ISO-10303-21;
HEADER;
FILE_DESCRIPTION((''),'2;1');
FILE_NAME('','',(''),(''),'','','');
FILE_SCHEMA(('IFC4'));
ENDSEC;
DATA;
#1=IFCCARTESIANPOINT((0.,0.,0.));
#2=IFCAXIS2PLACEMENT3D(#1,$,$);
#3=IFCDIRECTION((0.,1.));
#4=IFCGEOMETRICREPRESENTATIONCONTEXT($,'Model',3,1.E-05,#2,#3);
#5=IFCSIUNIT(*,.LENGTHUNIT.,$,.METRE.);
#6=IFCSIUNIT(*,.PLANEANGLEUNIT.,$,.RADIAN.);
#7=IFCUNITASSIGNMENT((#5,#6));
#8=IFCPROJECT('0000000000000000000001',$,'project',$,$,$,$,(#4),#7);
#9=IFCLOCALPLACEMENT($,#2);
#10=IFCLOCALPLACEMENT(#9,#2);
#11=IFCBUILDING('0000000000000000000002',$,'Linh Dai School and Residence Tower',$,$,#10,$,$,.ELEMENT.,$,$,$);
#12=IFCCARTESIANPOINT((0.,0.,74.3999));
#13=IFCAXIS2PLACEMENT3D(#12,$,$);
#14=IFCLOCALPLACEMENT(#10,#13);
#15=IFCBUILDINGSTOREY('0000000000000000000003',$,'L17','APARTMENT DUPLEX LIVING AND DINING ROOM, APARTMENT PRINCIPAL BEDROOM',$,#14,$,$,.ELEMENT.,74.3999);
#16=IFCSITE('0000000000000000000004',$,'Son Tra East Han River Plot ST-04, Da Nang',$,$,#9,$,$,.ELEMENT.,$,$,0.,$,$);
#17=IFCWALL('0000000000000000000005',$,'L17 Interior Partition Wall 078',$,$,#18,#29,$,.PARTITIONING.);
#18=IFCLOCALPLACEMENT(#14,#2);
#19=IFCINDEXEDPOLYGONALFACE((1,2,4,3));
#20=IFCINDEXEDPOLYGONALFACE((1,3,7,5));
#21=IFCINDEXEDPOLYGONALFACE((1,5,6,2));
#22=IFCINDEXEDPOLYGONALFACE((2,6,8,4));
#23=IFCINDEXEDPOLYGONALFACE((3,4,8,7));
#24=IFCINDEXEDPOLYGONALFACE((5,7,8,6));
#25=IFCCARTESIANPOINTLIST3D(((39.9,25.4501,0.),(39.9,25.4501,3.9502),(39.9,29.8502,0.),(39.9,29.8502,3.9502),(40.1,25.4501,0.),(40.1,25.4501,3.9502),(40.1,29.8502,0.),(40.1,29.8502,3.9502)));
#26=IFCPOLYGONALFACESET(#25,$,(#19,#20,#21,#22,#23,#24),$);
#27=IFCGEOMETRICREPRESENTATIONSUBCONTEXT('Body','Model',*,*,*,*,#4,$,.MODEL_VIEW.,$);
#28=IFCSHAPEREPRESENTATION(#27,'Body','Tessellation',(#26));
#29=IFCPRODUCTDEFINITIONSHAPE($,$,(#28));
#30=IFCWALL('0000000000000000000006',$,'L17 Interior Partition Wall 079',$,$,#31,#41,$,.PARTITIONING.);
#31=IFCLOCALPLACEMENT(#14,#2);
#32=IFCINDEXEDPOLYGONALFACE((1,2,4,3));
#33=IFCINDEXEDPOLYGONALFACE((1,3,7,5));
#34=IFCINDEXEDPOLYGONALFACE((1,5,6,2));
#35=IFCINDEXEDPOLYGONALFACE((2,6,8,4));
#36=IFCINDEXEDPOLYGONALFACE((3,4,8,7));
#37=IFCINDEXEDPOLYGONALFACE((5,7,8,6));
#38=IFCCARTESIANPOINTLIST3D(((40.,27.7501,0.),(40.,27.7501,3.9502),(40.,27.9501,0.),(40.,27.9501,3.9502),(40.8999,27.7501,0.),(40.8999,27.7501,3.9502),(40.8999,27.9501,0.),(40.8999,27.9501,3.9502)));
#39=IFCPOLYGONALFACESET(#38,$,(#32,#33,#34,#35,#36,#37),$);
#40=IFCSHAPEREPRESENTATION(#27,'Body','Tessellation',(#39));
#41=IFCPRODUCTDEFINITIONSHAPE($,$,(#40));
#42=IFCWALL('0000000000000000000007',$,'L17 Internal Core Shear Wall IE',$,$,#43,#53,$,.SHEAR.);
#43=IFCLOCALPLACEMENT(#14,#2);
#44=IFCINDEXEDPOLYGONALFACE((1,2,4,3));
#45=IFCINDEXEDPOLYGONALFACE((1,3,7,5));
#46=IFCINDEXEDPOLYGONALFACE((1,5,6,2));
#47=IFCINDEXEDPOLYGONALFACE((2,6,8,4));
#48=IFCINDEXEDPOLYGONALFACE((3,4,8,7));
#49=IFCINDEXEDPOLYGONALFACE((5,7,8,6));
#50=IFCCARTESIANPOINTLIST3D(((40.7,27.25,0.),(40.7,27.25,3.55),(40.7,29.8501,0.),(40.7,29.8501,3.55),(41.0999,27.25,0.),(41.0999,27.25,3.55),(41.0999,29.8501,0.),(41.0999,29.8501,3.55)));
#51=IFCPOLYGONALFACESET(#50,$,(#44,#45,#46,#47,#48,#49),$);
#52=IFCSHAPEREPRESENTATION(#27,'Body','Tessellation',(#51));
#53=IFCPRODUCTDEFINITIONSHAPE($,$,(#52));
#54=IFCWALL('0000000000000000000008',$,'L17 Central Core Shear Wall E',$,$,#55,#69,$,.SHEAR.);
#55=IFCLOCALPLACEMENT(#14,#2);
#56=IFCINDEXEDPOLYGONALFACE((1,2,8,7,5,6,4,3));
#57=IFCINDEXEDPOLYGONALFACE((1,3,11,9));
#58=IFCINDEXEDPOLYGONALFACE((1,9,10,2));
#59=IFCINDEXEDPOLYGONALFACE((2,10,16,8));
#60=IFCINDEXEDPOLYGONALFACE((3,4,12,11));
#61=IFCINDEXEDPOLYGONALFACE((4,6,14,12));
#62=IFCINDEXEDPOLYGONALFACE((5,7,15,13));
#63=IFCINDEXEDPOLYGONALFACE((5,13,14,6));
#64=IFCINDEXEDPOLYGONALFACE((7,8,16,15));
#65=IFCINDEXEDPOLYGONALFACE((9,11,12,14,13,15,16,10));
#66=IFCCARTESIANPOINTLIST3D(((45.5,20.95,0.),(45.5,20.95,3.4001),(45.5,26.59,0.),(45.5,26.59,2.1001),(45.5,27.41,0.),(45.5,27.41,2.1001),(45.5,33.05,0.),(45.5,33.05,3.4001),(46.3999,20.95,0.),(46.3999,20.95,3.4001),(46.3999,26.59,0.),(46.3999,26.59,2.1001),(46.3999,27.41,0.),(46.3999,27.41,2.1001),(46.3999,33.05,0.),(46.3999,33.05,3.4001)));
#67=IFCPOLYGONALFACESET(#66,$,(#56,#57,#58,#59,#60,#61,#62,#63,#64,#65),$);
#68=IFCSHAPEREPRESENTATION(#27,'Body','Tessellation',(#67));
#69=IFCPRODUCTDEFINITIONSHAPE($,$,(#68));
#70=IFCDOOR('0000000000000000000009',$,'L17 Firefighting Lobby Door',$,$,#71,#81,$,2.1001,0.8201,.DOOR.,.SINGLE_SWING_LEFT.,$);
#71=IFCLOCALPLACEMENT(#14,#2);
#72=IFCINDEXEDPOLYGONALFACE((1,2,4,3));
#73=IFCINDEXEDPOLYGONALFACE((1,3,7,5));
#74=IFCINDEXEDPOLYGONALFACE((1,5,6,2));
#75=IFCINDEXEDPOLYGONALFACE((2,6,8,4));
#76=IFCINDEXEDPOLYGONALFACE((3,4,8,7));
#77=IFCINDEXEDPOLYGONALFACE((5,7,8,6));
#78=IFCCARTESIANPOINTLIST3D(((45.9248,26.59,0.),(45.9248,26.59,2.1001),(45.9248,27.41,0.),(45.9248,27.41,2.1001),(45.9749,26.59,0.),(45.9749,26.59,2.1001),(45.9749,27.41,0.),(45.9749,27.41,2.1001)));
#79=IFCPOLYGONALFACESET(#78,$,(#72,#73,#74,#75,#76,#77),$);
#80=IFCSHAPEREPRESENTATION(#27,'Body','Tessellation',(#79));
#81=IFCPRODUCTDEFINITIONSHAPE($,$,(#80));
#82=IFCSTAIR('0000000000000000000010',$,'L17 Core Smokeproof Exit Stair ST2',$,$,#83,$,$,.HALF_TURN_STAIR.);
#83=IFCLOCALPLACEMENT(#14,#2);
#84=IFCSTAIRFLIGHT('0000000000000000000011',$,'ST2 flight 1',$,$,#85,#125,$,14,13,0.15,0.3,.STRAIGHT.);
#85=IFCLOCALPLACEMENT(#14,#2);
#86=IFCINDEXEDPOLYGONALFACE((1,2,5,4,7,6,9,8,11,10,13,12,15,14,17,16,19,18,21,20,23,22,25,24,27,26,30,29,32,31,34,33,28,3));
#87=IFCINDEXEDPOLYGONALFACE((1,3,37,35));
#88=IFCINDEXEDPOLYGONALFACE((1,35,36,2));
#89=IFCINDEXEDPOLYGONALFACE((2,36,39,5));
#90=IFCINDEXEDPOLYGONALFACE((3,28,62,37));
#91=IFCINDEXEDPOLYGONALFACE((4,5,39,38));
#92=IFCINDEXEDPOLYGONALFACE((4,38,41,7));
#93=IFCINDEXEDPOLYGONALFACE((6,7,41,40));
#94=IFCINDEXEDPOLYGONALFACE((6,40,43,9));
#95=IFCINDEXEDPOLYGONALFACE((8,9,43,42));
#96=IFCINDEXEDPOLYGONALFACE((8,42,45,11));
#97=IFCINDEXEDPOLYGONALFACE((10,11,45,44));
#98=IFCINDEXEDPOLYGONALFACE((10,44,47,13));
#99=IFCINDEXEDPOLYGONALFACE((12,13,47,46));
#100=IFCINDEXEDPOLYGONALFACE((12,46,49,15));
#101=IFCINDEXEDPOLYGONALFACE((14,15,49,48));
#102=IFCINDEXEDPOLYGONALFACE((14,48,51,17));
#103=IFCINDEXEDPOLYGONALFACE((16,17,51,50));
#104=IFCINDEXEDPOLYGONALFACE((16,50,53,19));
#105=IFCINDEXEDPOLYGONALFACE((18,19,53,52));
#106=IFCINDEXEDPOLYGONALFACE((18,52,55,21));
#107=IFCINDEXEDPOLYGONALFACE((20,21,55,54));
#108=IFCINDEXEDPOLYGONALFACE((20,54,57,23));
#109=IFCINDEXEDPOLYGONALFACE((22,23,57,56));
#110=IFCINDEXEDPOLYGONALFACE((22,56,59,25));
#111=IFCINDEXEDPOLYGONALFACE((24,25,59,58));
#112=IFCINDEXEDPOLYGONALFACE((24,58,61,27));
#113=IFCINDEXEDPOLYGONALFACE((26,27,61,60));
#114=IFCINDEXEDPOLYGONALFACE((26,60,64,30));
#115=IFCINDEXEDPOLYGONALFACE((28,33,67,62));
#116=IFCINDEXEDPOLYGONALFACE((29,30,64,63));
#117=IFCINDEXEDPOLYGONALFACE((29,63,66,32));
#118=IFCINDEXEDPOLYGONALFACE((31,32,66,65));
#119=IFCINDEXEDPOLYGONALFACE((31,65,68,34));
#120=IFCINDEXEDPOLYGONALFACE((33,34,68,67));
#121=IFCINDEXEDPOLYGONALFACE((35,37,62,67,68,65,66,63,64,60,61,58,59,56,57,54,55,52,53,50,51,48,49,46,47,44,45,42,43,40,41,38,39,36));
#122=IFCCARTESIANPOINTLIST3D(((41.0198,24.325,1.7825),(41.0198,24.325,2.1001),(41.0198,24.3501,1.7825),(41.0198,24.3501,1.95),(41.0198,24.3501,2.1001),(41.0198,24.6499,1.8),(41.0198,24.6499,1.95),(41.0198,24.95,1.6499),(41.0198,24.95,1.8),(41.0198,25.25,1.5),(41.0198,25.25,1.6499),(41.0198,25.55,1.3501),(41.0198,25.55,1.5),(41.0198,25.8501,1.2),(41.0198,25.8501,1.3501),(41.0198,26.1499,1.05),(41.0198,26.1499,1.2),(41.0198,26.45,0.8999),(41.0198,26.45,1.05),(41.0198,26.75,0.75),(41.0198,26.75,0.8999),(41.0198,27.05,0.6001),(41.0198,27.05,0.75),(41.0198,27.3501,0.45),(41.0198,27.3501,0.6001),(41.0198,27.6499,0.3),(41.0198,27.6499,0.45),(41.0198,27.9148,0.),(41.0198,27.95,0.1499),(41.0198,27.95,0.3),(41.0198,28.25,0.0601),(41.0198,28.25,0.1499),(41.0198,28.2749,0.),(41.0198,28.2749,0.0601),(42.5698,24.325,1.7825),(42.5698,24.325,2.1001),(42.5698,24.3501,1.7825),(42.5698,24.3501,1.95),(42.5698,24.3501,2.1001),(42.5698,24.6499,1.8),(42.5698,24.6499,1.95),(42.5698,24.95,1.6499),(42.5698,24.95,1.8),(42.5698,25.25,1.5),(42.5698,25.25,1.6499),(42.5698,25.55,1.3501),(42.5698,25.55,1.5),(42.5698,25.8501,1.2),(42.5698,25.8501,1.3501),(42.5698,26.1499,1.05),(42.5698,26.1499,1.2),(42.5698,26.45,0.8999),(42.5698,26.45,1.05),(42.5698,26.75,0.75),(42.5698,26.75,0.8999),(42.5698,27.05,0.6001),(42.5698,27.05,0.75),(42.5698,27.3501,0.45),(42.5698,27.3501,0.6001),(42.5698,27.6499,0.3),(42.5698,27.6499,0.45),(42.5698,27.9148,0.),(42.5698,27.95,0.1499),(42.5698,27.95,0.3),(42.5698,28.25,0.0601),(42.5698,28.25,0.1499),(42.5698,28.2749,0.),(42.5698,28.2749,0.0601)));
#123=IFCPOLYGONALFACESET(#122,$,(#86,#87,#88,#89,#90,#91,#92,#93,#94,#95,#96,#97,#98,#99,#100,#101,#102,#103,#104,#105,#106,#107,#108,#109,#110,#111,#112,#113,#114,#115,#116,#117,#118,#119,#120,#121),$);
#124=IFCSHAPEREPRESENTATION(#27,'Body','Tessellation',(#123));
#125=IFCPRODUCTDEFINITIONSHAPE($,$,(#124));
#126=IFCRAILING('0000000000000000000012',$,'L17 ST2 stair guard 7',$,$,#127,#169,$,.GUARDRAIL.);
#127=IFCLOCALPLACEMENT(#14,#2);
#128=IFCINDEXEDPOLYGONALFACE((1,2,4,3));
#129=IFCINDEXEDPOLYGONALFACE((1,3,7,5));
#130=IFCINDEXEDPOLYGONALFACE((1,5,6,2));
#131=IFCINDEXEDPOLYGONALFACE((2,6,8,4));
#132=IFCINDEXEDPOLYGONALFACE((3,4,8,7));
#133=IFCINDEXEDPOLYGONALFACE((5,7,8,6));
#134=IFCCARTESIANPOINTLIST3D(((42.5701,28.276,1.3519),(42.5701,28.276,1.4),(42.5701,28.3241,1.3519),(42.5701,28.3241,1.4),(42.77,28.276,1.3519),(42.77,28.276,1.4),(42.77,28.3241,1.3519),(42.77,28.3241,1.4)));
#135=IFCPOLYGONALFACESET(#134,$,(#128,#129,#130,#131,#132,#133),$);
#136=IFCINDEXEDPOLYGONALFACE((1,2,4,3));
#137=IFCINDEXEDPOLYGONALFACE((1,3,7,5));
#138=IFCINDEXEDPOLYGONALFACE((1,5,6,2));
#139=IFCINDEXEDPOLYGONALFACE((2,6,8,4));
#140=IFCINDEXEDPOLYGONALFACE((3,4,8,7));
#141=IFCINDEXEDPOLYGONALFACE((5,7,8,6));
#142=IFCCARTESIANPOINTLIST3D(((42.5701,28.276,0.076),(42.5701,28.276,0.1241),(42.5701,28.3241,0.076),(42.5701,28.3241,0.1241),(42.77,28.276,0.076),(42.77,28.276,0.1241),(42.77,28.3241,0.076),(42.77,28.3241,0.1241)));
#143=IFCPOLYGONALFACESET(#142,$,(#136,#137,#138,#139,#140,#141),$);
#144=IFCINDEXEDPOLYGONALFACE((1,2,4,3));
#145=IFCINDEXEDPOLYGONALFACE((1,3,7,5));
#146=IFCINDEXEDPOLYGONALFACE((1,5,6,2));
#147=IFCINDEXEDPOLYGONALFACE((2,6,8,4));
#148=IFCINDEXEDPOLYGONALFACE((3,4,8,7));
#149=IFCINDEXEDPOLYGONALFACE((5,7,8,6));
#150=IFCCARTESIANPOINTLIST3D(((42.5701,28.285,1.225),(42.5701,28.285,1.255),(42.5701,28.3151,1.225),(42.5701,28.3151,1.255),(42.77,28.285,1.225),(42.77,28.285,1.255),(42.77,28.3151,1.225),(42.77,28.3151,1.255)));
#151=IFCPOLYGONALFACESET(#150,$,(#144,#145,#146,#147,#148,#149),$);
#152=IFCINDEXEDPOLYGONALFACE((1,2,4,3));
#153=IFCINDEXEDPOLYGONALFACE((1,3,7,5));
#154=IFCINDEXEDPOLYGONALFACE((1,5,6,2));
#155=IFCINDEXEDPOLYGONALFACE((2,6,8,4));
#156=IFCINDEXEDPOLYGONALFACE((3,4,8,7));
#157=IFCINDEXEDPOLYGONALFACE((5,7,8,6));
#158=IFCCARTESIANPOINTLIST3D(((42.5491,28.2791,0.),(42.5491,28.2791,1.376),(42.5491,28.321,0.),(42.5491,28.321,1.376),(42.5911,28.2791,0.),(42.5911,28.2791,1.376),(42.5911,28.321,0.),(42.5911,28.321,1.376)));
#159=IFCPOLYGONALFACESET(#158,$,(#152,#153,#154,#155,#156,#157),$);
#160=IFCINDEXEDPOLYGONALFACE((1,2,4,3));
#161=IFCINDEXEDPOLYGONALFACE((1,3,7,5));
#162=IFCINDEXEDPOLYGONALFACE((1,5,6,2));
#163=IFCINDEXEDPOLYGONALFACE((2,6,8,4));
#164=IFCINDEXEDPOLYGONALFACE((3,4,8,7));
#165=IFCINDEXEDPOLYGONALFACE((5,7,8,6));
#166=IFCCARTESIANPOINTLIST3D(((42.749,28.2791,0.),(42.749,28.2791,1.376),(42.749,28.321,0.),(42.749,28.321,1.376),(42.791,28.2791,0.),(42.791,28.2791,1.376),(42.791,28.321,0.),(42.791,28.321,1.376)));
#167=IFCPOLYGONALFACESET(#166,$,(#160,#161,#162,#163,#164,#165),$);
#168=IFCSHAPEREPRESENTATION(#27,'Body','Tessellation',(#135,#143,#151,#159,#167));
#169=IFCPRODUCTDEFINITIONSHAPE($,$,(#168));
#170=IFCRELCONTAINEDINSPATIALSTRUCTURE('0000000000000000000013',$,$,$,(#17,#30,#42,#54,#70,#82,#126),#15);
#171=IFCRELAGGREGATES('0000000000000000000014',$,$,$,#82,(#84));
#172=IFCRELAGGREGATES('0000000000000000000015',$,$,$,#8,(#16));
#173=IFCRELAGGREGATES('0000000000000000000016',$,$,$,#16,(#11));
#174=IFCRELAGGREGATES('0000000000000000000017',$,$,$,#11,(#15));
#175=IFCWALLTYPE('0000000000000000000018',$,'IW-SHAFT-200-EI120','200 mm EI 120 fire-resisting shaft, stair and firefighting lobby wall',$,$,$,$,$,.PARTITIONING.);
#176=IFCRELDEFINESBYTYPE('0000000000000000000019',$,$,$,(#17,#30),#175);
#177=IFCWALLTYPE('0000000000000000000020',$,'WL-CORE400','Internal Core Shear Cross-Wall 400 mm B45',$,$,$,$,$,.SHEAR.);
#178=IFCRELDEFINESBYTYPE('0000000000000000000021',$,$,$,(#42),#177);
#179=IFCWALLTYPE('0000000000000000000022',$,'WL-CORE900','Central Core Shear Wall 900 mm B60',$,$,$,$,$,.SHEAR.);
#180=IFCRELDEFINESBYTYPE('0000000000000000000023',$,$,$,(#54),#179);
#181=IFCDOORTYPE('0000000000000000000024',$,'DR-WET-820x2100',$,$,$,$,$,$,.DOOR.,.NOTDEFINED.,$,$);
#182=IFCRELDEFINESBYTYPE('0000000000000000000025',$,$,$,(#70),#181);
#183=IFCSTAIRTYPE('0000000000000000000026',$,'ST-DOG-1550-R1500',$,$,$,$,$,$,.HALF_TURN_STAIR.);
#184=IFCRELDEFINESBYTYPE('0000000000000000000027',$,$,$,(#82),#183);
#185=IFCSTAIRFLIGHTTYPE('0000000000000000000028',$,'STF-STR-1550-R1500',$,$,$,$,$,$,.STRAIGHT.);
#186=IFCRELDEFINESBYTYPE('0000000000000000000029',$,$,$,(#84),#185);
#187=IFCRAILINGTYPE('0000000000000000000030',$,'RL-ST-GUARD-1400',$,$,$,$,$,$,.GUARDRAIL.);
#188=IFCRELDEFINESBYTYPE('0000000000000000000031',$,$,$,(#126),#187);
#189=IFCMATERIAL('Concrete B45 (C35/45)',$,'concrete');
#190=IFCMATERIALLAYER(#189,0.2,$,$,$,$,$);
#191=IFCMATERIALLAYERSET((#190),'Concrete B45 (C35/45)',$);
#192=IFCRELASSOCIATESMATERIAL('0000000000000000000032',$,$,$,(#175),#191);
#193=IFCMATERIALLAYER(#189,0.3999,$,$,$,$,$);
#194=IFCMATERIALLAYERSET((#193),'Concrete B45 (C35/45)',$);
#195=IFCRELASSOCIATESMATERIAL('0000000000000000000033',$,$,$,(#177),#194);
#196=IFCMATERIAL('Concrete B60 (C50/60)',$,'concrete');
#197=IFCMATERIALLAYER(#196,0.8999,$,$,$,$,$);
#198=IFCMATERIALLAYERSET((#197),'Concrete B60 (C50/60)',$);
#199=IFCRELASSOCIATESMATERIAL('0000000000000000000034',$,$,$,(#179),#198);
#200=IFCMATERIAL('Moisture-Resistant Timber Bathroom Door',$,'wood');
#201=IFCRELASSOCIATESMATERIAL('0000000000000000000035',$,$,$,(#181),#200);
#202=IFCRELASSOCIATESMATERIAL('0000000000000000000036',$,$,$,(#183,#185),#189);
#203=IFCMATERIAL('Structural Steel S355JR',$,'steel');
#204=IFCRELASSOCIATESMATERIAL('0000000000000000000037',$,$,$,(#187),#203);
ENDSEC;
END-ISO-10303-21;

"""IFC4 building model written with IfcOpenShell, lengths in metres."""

from ifc_helpers import new_model, si_unit, direction, frame, frame_2d, origin, origin_2d, place, context, subcontext, project, spatial, polyline, rectangle, outline, extrude, source, transform, mapped, material, layer, layer_set, type_object, element, fill, aggregate, save


model = new_model("IFC4")

# Units and contexts
model_context = context("Model", 3, precision=1e-05, world=origin(), true_north=direction((0.0, 1.0)))
body_context = subcontext(model_context, "Body", "Model", "MODEL_VIEW")
ifc_project = project(units=[si_unit("LENGTHUNIT", "METRE"), si_unit("PLANEANGLEUNIT", "RADIAN")], contexts=[model_context])

# Site, building, storey
site_placement = place(None, origin())
site = spatial("IfcSite", under=ifc_project, at=site_placement, Name="Son Tra East Han River Plot ST-04, Da Nang", CompositionType="ELEMENT", RefElevation=0.0)
building_placement = place(site_placement, origin())
building = spatial("IfcBuilding", under=site, at=building_placement, Name="Linh Dai School and Residence Tower", CompositionType="ELEMENT")
storey_placement = place(building_placement, frame((0.0, 0.0, 74.3999)))
storey = spatial("IfcBuildingStorey", under=building, at=storey_placement, Name="L17", Description="APARTMENT DUPLEX LIVING AND DINING ROOM, APARTMENT PRINCIPAL BEDROOM", CompositionType="ELEMENT", Elevation=74.3999)

# Shared definitions
ifc_material_1 = material(Name="Structural Steel S355JR", Category="steel")

# Walls
ifc_material_2 = material(Name="Concrete B45 (C35/45)", Category="concrete")
ifc_layer_1 = layer(ifc_material_2, 0.2)
ifc_layer_set_1 = layer_set([ifc_layer_1], Name="Concrete B45 (C35/45)")
wall_type_1 = type_object("IfcWallType", Name="IW-SHAFT-200-EI120", Description="200 mm EI 120 fire-resisting shaft, stair and firefighting lobby wall", PredefinedType="PARTITIONING", material=ifc_layer_set_1)
wall_1_placement = place(storey_placement, frame((40.0, 25.45, 0.0), z_axis=(0.0, 0.0, 1.0), x_axis=(0.0, 1.0, 0.0)))
element("IfcWall", 1, at=wall_1_placement, inside=storey, type_object=wall_type_1, Name="L17 Interior Partition Wall 078", PredefinedType="PARTITIONING", context=body_context, shape_type="SweptSolid", body=[
    extrude(rectangle(XDim=4.4001, YDim=0.2, at=frame_2d((2.2002, 0.0))), origin(), (0.0, 0.0, 1.0), 3.9502),
])
wall_2_placement = place(storey_placement, frame((40.0, 27.8501, 0.0), z_axis=(0.0, 0.0, 1.0), x_axis=(1.0, 0.0, 0.0)))
element("IfcWall", 2, at=wall_2_placement, inside=storey, type_object=wall_type_1, Name="L17 Interior Partition Wall 079", PredefinedType="PARTITIONING", context=body_context, shape_type="SweptSolid", body=[
    extrude(rectangle(XDim=0.8999, YDim=0.2, at=frame_2d((0.45, 0.0))), origin(), (0.0, 0.0, 1.0), 3.9502),
])
ifc_layer_2 = layer(ifc_material_2, 0.3999)
ifc_layer_set_2 = layer_set([ifc_layer_2], Name="Concrete B45 (C35/45)")
wall_type_2 = type_object("IfcWallType", Name="WL-CORE400", Description="Internal Core Shear Cross-Wall 400 mm B45", PredefinedType="SHEAR", material=ifc_layer_set_2)
wall_3_placement = place(storey_placement, frame((40.8999, 27.25, 0.0), z_axis=(0.0, 0.0, 1.0), x_axis=(0.0, 1.0, 0.0)))
element("IfcWall", 3, at=wall_3_placement, inside=storey, type_object=wall_type_2, Name="L17 Internal Core Shear Wall IE", PredefinedType="SHEAR", context=body_context, shape_type="SweptSolid", body=[
    extrude(rectangle(XDim=2.6001, YDim=0.3999, at=frame_2d((1.3, 0.0))), origin(), (0.0, 0.0, 1.0), 3.55),
])

# Wall, opening, door
ifc_material_3 = material(Name="Concrete B60 (C50/60)", Category="concrete")
ifc_layer_3 = layer(ifc_material_3, 0.8999)
ifc_layer_set_3 = layer_set([ifc_layer_3], Name="Concrete B60 (C50/60)")
wall_type_3 = type_object("IfcWallType", Name="WL-CORE900", Description="Central Core Shear Wall 900 mm B60", PredefinedType="SHEAR", material=ifc_layer_set_3)
wall_4_placement = place(storey_placement, frame((45.95, 33.05, 0.0), z_axis=(0.0, 0.0, 1.0), x_axis=(0.0, -1.0, 0.0)))
wall_4 = element("IfcWall", 4, at=wall_4_placement, inside=storey, type_object=wall_type_3, Name="L17 Central Core Shear Wall E", PredefinedType="SHEAR", context=body_context, shape_type="SweptSolid", body=[
    extrude(rectangle(XDim=12.1001, YDim=0.8999, at=frame_2d((6.05, 0.0))), origin(), (0.0, 0.0, 1.0), 3.4001),
])
opening_placement = place(wall_4_placement, frame((5.6399, 0.0, 0.0)))
opening = element("IfcOpeningElement", 5, at=opening_placement, cuts=wall_4, PredefinedType="OPENING", context=body_context, shape_type="SweptSolid", body=[
    extrude(rectangle(XDim=0.8201, YDim=2.1001, at=origin_2d()), frame((0.4102, 0.46, 1.05), z_axis=(0.0, -1.0, 0.0), x_axis=(1.0, 0.0, 0.0)), (0.0, 0.0, 1.0), 0.9199),
])
ifc_material_4 = material(Name="Moisture-Resistant Timber Bathroom Door", Category="wood")
door_type = type_object("IfcDoorType", Name="DR-WET-820x2100", OperationType="NOTDEFINED", PredefinedType="DOOR", material=ifc_material_4)
shared_shape_1 = source(origin(), body_context, "Body", "SweptSolid", [
    extrude(rectangle(XDim=0.8201, YDim=2.1001, at=origin_2d()), frame((0.4102, 0.0249, 1.05), z_axis=(0.0, -1.0, 0.0), x_axis=(1.0, 0.0, 0.0)), (0.0, 0.0, 1.0), 0.05),
])
door_placement = place(opening_placement, origin())
door = element("IfcDoor", 6, at=door_placement, inside=storey, type_object=door_type, Name="L17 Firefighting Lobby Door", OperationType="SINGLE_SWING_LEFT", OverallHeight=2.1001, OverallWidth=0.8201, PredefinedType="DOOR", context=body_context, shape_type="MappedRepresentation", body=[
    mapped(shared_shape_1, transform((0.0, 0.0, 0.0), x_axis=(1.0, 0.0, 0.0), y_axis=(0.0, 1.0, 0.0), z_axis=(0.0, 0.0, 1.0), scale=1.0)),
])
fill(opening, door)

# Stair, stair flight
stair_type = type_object("IfcStairType", Name="ST-DOG-1550-R1500", PredefinedType="HALF_TURN_STAIR", material=ifc_material_2)
stair_placement = place(storey_placement, origin())
stair = element("IfcStair", 7, at=stair_placement, inside=storey, type_object=stair_type, Name="L17 Core Smokeproof Exit Stair ST2", PredefinedType="HALF_TURN_STAIR")
stair_flight_type = type_object("IfcStairFlightType", Name="STF-STR-1550-R1500", PredefinedType="STRAIGHT", material=ifc_material_2)
shared_shape_2 = source(origin(), body_context, "Body", "SweptSolid", [
    extrude(outline(polyline([(-0.0249, 0.0), (-0.0249, 0.0601), (0.0, 0.0601), (0.0, 0.1499), (0.3, 0.1499), (0.3, 0.3), (0.6001, 0.3), (0.6001, 0.45), (0.8999, 0.45), (0.8999, 0.6001), (1.2, 0.6001), (1.2, 0.75), (1.5, 0.75), (1.5, 0.8999), (1.8, 0.8999), (1.8, 1.05), (2.1001, 1.05), (2.1001, 1.2), (2.3999, 1.2), (2.3999, 1.3501), (2.7, 1.3501), (2.7, 1.5), (3.0, 1.5), (3.0, 1.6499), (3.3, 1.6499), (3.3, 1.8), (3.6001, 1.8), (3.6001, 1.95), (3.8999, 1.95), (3.8999, 2.1001), (3.925, 2.1001), (3.925, 1.7825), (3.8999, 1.7825), (0.3352, 0.0), (-0.0249, 0.0)])), frame((0.0, 0.7749, 0.0), z_axis=(0.0, -1.0, 0.0), x_axis=(1.0, 0.0, 0.0)), (0.0, 0.0, 1.0), 1.55),
])
stair_flight_placement = place(storey_placement, frame((41.7949, 28.25, 0.0), z_axis=(0.0, 0.0, 1.0), x_axis=(0.0, -1.0, 0.0)))
stair_flight = element("IfcStairFlight", 8, at=stair_flight_placement, type_object=stair_flight_type, Name="ST2 flight 1", NumberOfRisers=14, NumberOfTreads=13, PredefinedType="STRAIGHT", RiserHeight=0.15, TreadLength=0.3, context=body_context, shape_type="MappedRepresentation", body=[
    mapped(shared_shape_2, transform((0.0, 0.0, 0.0), x_axis=(1.0, 0.0, 0.0), y_axis=(0.0, 1.0, 0.0), z_axis=(0.0, 0.0, 1.0), scale=1.0)),
])
aggregate(stair, [stair_flight])

# Railing
railing_type_1 = type_object("IfcRailingType", Name="RL-ST-GUARD-1400", PredefinedType="GUARDRAIL", material=ifc_material_1)
shared_shape_3 = source(origin(), body_context, "Body", "SweptSolid", [
    extrude(rectangle(XDim=0.0481, YDim=0.0481, at=origin_2d()), frame((0.0, 0.0, 1.376), z_axis=(1.0, 0.0, 0.0), x_axis=(0.0, 1.0, 0.0)), (0.0, 0.0, 1.0), 0.2),
    extrude(rectangle(XDim=0.0481, YDim=0.0481, at=origin_2d()), frame((0.0, 0.0, 0.1001), z_axis=(1.0, 0.0, 0.0), x_axis=(0.0, 1.0, 0.0)), (0.0, 0.0, 1.0), 0.2),
    extrude(rectangle(XDim=0.03, YDim=0.03, at=origin_2d()), frame((0.0, 0.0, 1.24), z_axis=(1.0, 0.0, 0.0), x_axis=(0.0, 1.0, 0.0)), (0.0, 0.0, 1.0), 0.2),
    extrude(rectangle(XDim=0.042, YDim=0.042, at=origin_2d()), origin(), (0.0, 0.0, 1.0), 1.376),
    extrude(rectangle(XDim=0.042, YDim=0.042, at=origin_2d()), frame((0.2, 0.0, 0.0)), (0.0, 0.0, 1.0), 1.376),
])
railing_1_placement = place(storey_placement, frame((42.5701, 28.3, 0.0)))
element("IfcRailing", 9, at=railing_1_placement, inside=storey, type_object=railing_type_1, Name="L17 ST2 stair guard 7", PredefinedType="GUARDRAIL", context=body_context, shape_type="MappedRepresentation", body=[
    mapped(shared_shape_3, transform((0.0, 0.0, 0.0), x_axis=(1.0, 0.0, 0.0), y_axis=(0.0, 1.0, 0.0), z_axis=(0.0, 0.0, 1.0), scale=1.0)),
])

save(model, "model.ifc")
